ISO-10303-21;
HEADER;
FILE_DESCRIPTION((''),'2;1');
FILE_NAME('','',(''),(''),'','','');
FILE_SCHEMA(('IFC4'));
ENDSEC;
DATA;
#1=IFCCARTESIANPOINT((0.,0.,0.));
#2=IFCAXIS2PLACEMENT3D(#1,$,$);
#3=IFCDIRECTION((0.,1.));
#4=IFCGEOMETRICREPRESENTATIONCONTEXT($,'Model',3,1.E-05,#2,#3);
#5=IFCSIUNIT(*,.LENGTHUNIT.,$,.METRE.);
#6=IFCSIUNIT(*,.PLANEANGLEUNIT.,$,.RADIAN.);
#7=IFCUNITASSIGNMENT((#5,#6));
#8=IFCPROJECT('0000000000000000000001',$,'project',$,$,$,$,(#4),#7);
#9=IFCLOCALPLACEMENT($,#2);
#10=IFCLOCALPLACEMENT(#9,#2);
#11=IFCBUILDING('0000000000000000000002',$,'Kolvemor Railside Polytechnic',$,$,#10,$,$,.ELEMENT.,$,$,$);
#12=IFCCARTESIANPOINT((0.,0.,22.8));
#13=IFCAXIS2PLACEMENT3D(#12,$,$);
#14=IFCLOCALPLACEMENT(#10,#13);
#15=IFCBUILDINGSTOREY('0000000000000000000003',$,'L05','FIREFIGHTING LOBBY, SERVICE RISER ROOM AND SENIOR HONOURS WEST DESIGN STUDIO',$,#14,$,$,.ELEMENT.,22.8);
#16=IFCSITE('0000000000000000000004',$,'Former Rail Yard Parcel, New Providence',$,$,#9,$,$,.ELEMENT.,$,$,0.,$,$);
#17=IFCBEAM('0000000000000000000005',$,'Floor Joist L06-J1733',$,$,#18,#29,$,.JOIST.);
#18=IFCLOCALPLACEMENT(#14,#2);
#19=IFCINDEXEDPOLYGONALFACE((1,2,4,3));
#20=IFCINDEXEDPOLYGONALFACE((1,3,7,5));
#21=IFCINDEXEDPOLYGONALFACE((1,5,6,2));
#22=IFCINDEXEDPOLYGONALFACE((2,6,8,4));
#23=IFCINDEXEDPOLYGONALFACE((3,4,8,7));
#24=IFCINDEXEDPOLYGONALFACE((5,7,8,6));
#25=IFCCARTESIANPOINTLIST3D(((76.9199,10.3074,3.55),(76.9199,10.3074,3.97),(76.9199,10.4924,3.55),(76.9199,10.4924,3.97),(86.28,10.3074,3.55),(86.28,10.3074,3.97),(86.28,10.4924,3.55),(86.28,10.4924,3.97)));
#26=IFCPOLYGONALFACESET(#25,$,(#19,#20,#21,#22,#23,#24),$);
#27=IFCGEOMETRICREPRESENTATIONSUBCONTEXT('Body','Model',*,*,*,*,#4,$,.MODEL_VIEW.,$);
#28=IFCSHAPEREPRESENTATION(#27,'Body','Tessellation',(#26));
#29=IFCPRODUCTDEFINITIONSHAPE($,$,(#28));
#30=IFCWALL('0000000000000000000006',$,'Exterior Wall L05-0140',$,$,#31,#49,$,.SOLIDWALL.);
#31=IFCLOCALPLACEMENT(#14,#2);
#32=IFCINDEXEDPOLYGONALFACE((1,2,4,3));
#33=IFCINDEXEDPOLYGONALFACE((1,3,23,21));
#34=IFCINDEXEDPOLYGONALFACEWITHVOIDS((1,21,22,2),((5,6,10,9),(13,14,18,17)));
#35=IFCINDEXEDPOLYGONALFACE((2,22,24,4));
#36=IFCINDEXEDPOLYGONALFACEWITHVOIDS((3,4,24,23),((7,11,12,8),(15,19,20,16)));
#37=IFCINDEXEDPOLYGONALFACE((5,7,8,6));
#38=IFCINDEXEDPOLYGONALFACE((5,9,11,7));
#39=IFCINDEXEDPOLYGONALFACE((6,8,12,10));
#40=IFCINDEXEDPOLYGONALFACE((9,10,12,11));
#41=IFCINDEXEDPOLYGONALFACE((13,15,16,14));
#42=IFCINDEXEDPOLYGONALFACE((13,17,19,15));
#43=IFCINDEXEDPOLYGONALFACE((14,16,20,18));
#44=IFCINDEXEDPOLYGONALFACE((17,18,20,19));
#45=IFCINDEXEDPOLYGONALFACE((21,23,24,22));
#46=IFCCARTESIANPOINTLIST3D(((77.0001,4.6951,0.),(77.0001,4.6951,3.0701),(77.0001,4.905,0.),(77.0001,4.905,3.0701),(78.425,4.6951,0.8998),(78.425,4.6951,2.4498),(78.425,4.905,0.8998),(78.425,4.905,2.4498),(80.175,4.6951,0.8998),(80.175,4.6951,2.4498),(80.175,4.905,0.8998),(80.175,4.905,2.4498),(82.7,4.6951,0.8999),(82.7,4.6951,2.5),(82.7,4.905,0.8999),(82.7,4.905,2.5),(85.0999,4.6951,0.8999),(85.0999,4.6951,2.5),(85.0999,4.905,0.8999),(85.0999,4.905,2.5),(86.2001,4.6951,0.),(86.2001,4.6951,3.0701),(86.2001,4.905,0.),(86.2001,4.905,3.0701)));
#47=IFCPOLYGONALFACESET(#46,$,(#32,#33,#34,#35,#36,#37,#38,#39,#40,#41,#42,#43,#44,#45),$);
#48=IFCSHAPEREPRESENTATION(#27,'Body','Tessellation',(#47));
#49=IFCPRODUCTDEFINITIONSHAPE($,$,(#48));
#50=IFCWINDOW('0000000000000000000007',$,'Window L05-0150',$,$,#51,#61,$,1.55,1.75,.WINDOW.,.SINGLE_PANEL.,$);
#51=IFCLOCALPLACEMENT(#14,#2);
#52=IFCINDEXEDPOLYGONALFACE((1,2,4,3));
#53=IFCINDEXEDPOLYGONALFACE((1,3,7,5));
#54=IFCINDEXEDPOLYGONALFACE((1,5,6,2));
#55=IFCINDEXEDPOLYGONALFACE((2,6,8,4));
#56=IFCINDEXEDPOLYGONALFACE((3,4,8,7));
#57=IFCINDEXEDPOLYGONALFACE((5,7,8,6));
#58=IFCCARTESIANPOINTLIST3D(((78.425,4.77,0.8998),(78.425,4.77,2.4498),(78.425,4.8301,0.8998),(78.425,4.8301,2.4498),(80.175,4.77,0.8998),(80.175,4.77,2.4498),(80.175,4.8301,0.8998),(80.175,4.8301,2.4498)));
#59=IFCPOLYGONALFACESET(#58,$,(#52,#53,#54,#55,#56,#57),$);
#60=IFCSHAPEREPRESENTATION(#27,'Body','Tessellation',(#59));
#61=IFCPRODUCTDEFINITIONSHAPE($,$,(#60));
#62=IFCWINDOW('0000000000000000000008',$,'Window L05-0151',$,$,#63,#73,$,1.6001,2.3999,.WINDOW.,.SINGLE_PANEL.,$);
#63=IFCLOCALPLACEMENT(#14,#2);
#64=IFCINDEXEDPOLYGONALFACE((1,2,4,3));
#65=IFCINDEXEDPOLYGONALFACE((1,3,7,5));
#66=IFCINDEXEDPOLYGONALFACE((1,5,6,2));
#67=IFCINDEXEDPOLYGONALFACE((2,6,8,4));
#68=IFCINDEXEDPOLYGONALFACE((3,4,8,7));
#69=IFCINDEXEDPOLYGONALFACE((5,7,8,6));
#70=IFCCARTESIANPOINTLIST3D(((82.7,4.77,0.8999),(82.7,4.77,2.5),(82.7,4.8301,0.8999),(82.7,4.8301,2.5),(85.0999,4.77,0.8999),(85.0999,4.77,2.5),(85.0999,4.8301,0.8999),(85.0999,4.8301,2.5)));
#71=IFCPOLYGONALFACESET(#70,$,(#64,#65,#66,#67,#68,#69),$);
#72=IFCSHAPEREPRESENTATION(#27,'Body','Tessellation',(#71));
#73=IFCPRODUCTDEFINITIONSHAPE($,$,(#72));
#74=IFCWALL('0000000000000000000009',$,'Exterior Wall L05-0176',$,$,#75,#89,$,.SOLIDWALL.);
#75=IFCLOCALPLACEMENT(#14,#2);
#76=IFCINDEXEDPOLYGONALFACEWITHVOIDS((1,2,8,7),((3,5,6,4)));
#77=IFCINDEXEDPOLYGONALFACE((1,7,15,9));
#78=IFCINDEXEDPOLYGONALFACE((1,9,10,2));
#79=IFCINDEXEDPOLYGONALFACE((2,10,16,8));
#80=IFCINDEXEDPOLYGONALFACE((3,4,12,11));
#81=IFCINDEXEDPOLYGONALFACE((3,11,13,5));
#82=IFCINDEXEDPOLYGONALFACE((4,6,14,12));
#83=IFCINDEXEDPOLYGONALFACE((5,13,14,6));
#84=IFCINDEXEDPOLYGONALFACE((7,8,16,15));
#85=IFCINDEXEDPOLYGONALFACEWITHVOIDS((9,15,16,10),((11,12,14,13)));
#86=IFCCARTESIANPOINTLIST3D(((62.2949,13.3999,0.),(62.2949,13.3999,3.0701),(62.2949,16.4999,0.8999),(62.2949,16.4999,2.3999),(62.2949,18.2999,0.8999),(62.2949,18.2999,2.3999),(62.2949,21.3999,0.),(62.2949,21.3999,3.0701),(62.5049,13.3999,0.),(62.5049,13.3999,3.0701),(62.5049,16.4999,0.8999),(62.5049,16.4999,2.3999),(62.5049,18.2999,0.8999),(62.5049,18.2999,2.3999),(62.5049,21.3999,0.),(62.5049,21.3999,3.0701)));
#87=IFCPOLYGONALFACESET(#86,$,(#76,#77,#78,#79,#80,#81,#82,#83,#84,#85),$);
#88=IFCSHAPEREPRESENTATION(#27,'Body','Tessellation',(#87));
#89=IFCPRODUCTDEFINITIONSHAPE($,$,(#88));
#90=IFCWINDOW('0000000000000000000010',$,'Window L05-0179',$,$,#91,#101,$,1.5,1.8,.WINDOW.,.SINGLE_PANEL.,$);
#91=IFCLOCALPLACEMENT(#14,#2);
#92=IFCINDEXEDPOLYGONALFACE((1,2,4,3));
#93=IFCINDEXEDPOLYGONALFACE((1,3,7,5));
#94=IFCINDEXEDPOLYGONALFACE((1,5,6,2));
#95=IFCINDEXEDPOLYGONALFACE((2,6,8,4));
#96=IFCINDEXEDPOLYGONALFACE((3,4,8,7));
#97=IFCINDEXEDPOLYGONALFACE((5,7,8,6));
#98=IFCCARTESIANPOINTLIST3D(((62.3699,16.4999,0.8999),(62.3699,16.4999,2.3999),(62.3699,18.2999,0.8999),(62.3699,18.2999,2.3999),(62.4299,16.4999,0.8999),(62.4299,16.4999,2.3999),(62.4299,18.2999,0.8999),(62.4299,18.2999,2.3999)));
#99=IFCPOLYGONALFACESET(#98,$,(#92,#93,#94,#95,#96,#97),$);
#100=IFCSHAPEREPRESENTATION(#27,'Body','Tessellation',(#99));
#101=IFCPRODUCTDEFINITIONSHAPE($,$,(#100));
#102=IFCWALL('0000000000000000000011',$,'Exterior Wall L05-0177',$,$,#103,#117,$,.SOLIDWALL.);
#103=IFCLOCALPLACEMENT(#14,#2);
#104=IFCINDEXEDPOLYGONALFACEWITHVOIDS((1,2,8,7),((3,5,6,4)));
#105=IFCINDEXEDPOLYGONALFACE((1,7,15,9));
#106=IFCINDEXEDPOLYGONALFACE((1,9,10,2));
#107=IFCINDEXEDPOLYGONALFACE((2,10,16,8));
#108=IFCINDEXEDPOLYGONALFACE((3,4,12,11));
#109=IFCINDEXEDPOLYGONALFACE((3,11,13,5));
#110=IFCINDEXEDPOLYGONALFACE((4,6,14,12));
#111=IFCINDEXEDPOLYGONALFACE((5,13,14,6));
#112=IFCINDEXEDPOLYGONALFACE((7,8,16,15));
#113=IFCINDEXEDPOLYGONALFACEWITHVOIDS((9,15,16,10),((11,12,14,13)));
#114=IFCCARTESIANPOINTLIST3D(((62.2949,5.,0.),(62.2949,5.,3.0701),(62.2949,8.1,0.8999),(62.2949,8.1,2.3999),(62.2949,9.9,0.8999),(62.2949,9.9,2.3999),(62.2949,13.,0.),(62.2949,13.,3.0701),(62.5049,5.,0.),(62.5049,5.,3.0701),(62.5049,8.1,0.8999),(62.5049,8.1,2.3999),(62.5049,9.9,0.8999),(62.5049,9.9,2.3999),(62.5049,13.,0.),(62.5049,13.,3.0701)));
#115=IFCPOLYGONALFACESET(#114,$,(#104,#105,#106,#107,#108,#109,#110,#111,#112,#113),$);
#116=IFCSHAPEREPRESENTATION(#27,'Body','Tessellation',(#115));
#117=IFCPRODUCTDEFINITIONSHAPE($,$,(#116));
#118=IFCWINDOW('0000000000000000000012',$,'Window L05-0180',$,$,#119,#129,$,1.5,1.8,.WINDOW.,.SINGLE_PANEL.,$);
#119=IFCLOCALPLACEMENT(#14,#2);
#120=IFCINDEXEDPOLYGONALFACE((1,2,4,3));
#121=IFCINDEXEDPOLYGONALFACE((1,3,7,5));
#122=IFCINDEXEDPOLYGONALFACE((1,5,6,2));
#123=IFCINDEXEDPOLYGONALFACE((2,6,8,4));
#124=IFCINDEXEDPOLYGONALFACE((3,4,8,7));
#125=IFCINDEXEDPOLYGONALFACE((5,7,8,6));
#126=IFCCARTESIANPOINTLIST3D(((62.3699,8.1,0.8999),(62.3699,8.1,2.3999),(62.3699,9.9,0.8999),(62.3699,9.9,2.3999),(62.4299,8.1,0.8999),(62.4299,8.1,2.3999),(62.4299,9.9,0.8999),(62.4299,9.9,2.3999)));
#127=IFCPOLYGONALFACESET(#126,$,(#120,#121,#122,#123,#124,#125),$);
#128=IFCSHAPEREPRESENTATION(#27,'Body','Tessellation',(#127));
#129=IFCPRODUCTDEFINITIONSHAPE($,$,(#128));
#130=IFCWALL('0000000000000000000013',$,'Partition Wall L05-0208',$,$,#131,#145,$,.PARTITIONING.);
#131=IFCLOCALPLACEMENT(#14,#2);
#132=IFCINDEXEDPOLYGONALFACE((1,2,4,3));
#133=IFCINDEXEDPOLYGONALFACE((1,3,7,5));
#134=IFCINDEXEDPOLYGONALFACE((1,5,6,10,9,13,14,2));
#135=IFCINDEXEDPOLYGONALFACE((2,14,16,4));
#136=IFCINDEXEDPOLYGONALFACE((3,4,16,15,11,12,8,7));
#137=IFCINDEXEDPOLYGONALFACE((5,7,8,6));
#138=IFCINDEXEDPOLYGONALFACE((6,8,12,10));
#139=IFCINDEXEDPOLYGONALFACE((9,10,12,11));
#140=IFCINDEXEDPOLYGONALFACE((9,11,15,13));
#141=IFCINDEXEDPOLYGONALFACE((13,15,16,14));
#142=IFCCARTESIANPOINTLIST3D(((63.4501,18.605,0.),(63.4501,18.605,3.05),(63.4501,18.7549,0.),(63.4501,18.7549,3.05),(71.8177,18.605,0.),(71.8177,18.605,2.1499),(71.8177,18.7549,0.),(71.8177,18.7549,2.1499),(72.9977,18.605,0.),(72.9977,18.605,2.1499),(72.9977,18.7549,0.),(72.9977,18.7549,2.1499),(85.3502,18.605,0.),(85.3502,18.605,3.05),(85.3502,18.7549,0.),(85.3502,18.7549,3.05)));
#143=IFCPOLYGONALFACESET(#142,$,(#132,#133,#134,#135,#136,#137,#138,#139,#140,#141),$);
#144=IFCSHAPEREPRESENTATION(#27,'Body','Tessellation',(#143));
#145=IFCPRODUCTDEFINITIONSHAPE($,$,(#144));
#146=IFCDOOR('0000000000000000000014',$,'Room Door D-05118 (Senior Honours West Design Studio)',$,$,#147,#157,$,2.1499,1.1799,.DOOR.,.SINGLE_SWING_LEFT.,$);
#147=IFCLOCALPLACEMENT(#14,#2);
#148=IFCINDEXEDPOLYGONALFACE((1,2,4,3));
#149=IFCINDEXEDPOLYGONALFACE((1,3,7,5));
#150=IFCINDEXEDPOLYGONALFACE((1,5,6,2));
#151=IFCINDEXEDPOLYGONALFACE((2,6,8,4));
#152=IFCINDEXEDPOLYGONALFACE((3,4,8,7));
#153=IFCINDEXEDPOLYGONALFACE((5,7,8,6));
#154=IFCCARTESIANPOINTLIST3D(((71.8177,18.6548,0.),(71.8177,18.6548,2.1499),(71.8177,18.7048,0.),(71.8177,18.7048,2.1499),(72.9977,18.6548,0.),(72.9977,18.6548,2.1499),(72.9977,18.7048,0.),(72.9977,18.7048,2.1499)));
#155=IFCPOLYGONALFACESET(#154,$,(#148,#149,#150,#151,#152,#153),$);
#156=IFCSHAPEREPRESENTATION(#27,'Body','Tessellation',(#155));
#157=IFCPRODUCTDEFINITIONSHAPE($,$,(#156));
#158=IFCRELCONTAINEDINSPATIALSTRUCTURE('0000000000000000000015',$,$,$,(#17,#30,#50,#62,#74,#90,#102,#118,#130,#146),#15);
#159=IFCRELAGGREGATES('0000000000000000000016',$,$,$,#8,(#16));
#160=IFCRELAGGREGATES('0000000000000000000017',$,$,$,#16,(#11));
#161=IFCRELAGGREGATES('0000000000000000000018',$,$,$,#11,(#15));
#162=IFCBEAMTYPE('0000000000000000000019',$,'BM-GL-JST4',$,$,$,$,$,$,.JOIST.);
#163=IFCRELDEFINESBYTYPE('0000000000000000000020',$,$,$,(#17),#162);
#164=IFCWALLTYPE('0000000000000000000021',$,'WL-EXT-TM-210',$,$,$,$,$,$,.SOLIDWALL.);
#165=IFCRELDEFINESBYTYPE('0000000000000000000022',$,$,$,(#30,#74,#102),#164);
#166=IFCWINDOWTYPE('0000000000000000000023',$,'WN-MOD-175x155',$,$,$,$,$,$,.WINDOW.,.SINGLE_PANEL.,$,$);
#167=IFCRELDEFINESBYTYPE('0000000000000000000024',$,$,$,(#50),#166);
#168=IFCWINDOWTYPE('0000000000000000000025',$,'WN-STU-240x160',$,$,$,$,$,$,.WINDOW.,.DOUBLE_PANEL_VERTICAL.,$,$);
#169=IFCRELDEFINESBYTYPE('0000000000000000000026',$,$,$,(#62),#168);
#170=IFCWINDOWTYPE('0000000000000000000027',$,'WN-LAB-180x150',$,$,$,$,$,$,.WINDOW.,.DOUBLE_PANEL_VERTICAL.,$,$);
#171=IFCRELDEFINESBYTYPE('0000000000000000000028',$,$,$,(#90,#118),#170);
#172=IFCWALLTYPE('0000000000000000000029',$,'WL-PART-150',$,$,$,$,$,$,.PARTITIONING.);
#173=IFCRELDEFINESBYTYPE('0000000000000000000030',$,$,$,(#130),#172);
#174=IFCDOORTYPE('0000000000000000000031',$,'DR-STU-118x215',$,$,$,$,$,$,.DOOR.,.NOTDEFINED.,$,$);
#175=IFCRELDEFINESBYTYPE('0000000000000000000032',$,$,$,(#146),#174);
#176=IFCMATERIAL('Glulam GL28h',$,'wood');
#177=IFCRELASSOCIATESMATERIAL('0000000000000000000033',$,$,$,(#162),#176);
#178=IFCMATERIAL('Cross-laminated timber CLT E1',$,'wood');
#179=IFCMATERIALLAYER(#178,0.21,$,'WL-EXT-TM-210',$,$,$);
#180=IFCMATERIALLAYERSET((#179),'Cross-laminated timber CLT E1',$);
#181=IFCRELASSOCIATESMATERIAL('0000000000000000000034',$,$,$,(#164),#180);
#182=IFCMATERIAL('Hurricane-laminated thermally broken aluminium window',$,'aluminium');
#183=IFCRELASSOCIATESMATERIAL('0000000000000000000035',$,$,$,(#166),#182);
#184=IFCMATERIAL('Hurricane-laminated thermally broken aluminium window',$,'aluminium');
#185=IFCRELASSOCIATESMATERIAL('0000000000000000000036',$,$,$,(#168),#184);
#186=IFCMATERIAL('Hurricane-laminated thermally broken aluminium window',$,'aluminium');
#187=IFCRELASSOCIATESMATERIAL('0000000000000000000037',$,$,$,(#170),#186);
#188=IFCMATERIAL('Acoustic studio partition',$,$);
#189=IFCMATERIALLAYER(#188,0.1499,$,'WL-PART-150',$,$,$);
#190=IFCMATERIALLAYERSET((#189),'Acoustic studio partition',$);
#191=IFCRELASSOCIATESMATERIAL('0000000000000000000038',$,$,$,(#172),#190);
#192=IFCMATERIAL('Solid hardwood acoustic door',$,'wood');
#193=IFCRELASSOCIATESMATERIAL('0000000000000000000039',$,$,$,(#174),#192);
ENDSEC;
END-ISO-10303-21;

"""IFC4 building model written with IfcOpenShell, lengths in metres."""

from ifc_helpers import new_model, si_unit, direction, frame, frame_2d, origin, origin_2d, place, context, subcontext, project, spatial, rectangle, extrude, material, layer, layer_set, material_profile, profile_set, type_object, element, fill, save


model = new_model("IFC4")

# Units and contexts
model_context = context("Model", 3, precision=1e-05, world=origin(), true_north=direction((0.0, 1.0)))
body_context = subcontext(model_context, "Body", "Model", "MODEL_VIEW")
ifc_project = project(units=[si_unit("LENGTHUNIT", "METRE"), si_unit("PLANEANGLEUNIT", "RADIAN")], contexts=[model_context])

# Site, building, storey
site_placement = place(None, origin())
site = spatial("IfcSite", under=ifc_project, at=site_placement, Name="Former Rail Yard Parcel, New Providence", CompositionType="ELEMENT", RefElevation=0.0)
building_placement = place(site_placement, origin())
building = spatial("IfcBuilding", under=site, at=building_placement, Name="Kolvemor Railside Polytechnic", CompositionType="ELEMENT")
storey_placement = place(building_placement, frame((0.0, 0.0, 22.8)))
storey = spatial("IfcBuildingStorey", under=building, at=storey_placement, Name="L05", Description="FIREFIGHTING LOBBY, SERVICE RISER ROOM AND SENIOR HONOURS WEST DESIGN STUDIO", CompositionType="ELEMENT", Elevation=22.8)

# Beam
ifc_material_1 = material(Name="Glulam GL28h", Category="wood")
ifc_material_profile_1 = material_profile(ifc_material_1, rectangle(XDim=0.1851, YDim=0.4199, at=origin_2d()), Name="GL185x420")
ifc_profile_set_1 = profile_set([ifc_material_profile_1], Name="Glulam GL28h")
beam_type_1 = type_object("IfcBeamType", Name="BM-GL-JST4", PredefinedType="JOIST", material=ifc_profile_set_1)
for number, where, z_axis, x_axis, name in (
    (1, (76.9199, 10.3999, 3.76), (1.0, 0.0, 0.0), (0.0, 1.0, 0.0), "Floor Joist L06-J1733"),
):
    element("IfcBeam", number, at=place(storey_placement, frame(where, z_axis=z_axis, x_axis=x_axis)), inside=storey, type_object=beam_type_1, Name=name, PredefinedType="JOIST", context=body_context, shape_type="SweptSolid", body=[
        extrude(rectangle(XDim=0.1851, YDim=0.4199, at=origin_2d()), origin(), (0.0, 0.0, 1.0), 9.3601),
    ])

# Wall, openings, windows
ifc_material_2 = material(Name="Cross-laminated timber CLT E1", Category="wood")
ifc_layer_1 = layer(ifc_material_2, 0.21, Name="WL-EXT-TM-210")
ifc_layer_set_1 = layer_set([ifc_layer_1], Name="Cross-laminated timber CLT E1")
wall_type_1 = type_object("IfcWallType", Name="WL-EXT-TM-210", PredefinedType="SOLIDWALL", material=ifc_layer_set_1)
wall_1_placement = place(storey_placement, frame((77.0, 4.8, 0.0), z_axis=(0.0, 0.0, 1.0), x_axis=(1.0, 0.0, 0.0)))
wall_1 = element("IfcWall", 2, at=wall_1_placement, inside=storey, type_object=wall_type_1, Name="Exterior Wall L05-0140", PredefinedType="SOLIDWALL", context=body_context, shape_type="SweptSolid", body=[
    extrude(rectangle(XDim=9.2, YDim=0.21, at=frame_2d((4.6001, 0.0))), origin(), (0.0, 0.0, 1.0), 3.0701),
])
opening_1_placement = place(wall_1_placement, frame((1.425, 0.0, 0.8999)))
opening_1 = element("IfcOpeningElement", 3, at=opening_1_placement, cuts=wall_1, PredefinedType="OPENING", context=body_context, shape_type="SweptSolid", body=[
    extrude(rectangle(XDim=1.75, YDim=1.55, at=frame_2d((0.875, 0.7749))), frame((0.0, 0.115, 0.0), z_axis=(0.0, -1.0, 0.0), x_axis=(1.0, 0.0, 0.0)), (0.0, 0.0, 1.0), 0.23),
])
opening_2_placement = place(wall_1_placement, frame((5.7, 0.0, 0.8999)))
opening_2 = element("IfcOpeningElement", 4, at=opening_2_placement, cuts=wall_1, PredefinedType="OPENING", context=body_context, shape_type="SweptSolid", body=[
    extrude(rectangle(XDim=2.3999, YDim=1.6001, at=frame_2d((1.2, 0.8))), frame((0.0, 0.115, 0.0), z_axis=(0.0, -1.0, 0.0), x_axis=(1.0, 0.0, 0.0)), (0.0, 0.0, 1.0), 0.23),
])
ifc_material_3 = material(Name="Hurricane-laminated thermally broken aluminium window", Category="aluminium")
window_type_1 = type_object("IfcWindowType", Name="WN-MOD-175x155", PartitioningType="SINGLE_PANEL", PredefinedType="WINDOW", material=ifc_material_3)
window_1_placement = place(opening_1_placement, origin())
window_1 = element("IfcWindow", 5, at=window_1_placement, inside=storey, type_object=window_type_1, Name="Window L05-0150", OverallHeight=1.55, OverallWidth=1.75, PartitioningType="SINGLE_PANEL", PredefinedType="WINDOW", context=body_context, shape_type="SweptSolid", body=[
    extrude(rectangle(XDim=1.75, YDim=1.55, at=frame_2d((0.875, 0.7749))), frame((0.0, 0.03, 0.0), z_axis=(0.0, -1.0, 0.0), x_axis=(1.0, 0.0, 0.0)), (0.0, 0.0, 1.0), 0.0601),
])
fill(opening_1, window_1)
ifc_material_4 = material(Name="Hurricane-laminated thermally broken aluminium window", Category="aluminium")
window_type_2 = type_object("IfcWindowType", Name="WN-STU-240x160", PartitioningType="DOUBLE_PANEL_VERTICAL", PredefinedType="WINDOW", material=ifc_material_4)
window_2_placement = place(opening_2_placement, origin())
window_2 = element("IfcWindow", 6, at=window_2_placement, inside=storey, type_object=window_type_2, Name="Window L05-0151", OverallHeight=1.6001, OverallWidth=2.3999, PartitioningType="SINGLE_PANEL", PredefinedType="WINDOW", context=body_context, shape_type="SweptSolid", body=[
    extrude(rectangle(XDim=2.3999, YDim=1.6001, at=frame_2d((1.2, 0.8))), frame((0.0, 0.03, 0.0), z_axis=(0.0, -1.0, 0.0), x_axis=(1.0, 0.0, 0.0)), (0.0, 0.0, 1.0), 0.0601),
])
fill(opening_2, window_2)

# Walls, openings, windows
wall_2_placement = place(storey_placement, frame((62.3999, 21.3999, 0.0), z_axis=(0.0, 0.0, 1.0), x_axis=(0.0, -1.0, 0.0)))
wall_2 = element("IfcWall", 7, at=wall_2_placement, inside=storey, type_object=wall_type_1, Name="Exterior Wall L05-0176", PredefinedType="SOLIDWALL", context=body_context, shape_type="SweptSolid", body=[
    extrude(rectangle(XDim=8.0, YDim=0.21, at=frame_2d((4.0, 0.0))), origin(), (0.0, 0.0, 1.0), 3.0701),
])
opening_3_placement = place(wall_2_placement, frame((3.1001, 0.0, 0.8999)))
opening_3 = element("IfcOpeningElement", 8, at=opening_3_placement, cuts=wall_2, PredefinedType="OPENING", context=body_context, shape_type="SweptSolid", body=[
    extrude(rectangle(XDim=1.8, YDim=1.5, at=frame_2d((0.8999, 0.75))), frame((0.0, 0.115, 0.0), z_axis=(0.0, -1.0, 0.0), x_axis=(1.0, 0.0, 0.0)), (0.0, 0.0, 1.0), 0.23),
])
ifc_material_5 = material(Name="Hurricane-laminated thermally broken aluminium window", Category="aluminium")
window_type_3 = type_object("IfcWindowType", Name="WN-LAB-180x150", PartitioningType="DOUBLE_PANEL_VERTICAL", PredefinedType="WINDOW", material=ifc_material_5)
window_3_placement = place(opening_3_placement, origin())
window_3 = element("IfcWindow", 9, at=window_3_placement, inside=storey, type_object=window_type_3, Name="Window L05-0179", OverallHeight=1.5, OverallWidth=1.8, PartitioningType="SINGLE_PANEL", PredefinedType="WINDOW", context=body_context, shape_type="SweptSolid", body=[
    extrude(rectangle(XDim=1.8, YDim=1.5, at=frame_2d((0.8999, 0.75))), frame((0.0, 0.03, 0.0), z_axis=(0.0, -1.0, 0.0), x_axis=(1.0, 0.0, 0.0)), (0.0, 0.0, 1.0), 0.0601),
])
fill(opening_3, window_3)
wall_3_placement = place(storey_placement, frame((62.3999, 13.0, 0.0), z_axis=(0.0, 0.0, 1.0), x_axis=(0.0, -1.0, 0.0)))
wall_3 = element("IfcWall", 10, at=wall_3_placement, inside=storey, type_object=wall_type_1, Name="Exterior Wall L05-0177", PredefinedType="SOLIDWALL", context=body_context, shape_type="SweptSolid", body=[
    extrude(rectangle(XDim=8.0, YDim=0.21, at=frame_2d((4.0, 0.0))), origin(), (0.0, 0.0, 1.0), 3.0701),
])
opening_4_placement = place(wall_3_placement, frame((3.1001, 0.0, 0.8999)))
opening_4 = element("IfcOpeningElement", 11, at=opening_4_placement, cuts=wall_3, PredefinedType="OPENING", context=body_context, shape_type="SweptSolid", body=[
    extrude(rectangle(XDim=1.8, YDim=1.5, at=frame_2d((0.8999, 0.75))), frame((0.0, 0.115, 0.0), z_axis=(0.0, -1.0, 0.0), x_axis=(1.0, 0.0, 0.0)), (0.0, 0.0, 1.0), 0.23),
])
window_4_placement = place(opening_4_placement, origin())
window_4 = element("IfcWindow", 12, at=window_4_placement, inside=storey, type_object=window_type_3, Name="Window L05-0180", OverallHeight=1.5, OverallWidth=1.8, PartitioningType="SINGLE_PANEL", PredefinedType="WINDOW", context=body_context, shape_type="SweptSolid", body=[
    extrude(rectangle(XDim=1.8, YDim=1.5, at=frame_2d((0.8999, 0.75))), frame((0.0, 0.03, 0.0), z_axis=(0.0, -1.0, 0.0), x_axis=(1.0, 0.0, 0.0)), (0.0, 0.0, 1.0), 0.0601),
])
fill(opening_4, window_4)

# Wall, opening, door
ifc_material_6 = material(Name="Acoustic studio partition")
ifc_layer_2 = layer(ifc_material_6, 0.1499, Name="WL-PART-150")
ifc_layer_set_2 = layer_set([ifc_layer_2], Name="Acoustic studio partition")
wall_type_2 = type_object("IfcWallType", Name="WL-PART-150", PredefinedType="PARTITIONING", material=ifc_layer_set_2)
wall_4_placement = place(storey_placement, frame((63.45, 18.6799, 0.0), z_axis=(0.0, 0.0, 1.0), x_axis=(1.0, 0.0, 0.0)))
wall_4 = element("IfcWall", 13, at=wall_4_placement, inside=storey, type_object=wall_type_2, Name="Partition Wall L05-0208", PredefinedType="PARTITIONING", context=body_context, shape_type="SweptSolid", body=[
    extrude(rectangle(XDim=21.9001, YDim=0.1499, at=frame_2d((10.9502, 0.0))), origin(), (0.0, 0.0, 1.0), 3.05),
])
opening_5_placement = place(wall_4_placement, frame((8.3679, 0.0, 0.0)))
opening_5 = element("IfcOpeningElement", 14, at=opening_5_placement, cuts=wall_4, PredefinedType="OPENING", context=body_context, shape_type="SweptSolid", body=[
    extrude(rectangle(XDim=1.1799, YDim=2.1499, at=frame_2d((0.5898, 1.075))), frame((0.0, 0.085, 0.0), z_axis=(0.0, -1.0, 0.0), x_axis=(1.0, 0.0, 0.0)), (0.0, 0.0, 1.0), 0.1699),
])
ifc_material_7 = material(Name="Solid hardwood acoustic door", Category="wood")
door_type = type_object("IfcDoorType", Name="DR-STU-118x215", OperationType="NOTDEFINED", PredefinedType="DOOR", material=ifc_material_7)
door_placement = place(opening_5_placement, origin())
door = element("IfcDoor", 15, at=door_placement, inside=storey, type_object=door_type, Name="Room Door D-05118 (Senior Honours West Design Studio)", OperationType="SINGLE_SWING_LEFT", OverallHeight=2.1499, OverallWidth=1.1799, PredefinedType="DOOR", context=body_context, shape_type="SweptSolid", body=[
    extrude(rectangle(XDim=1.1799, YDim=2.1499, at=frame_2d((0.5898, 1.075))), frame((0.0, 0.0249, 0.0), z_axis=(0.0, -1.0, 0.0), x_axis=(1.0, 0.0, 0.0)), (0.0, 0.0, 1.0), 0.05),
])
fill(opening_5, door)

save(model, "model.ifc")
